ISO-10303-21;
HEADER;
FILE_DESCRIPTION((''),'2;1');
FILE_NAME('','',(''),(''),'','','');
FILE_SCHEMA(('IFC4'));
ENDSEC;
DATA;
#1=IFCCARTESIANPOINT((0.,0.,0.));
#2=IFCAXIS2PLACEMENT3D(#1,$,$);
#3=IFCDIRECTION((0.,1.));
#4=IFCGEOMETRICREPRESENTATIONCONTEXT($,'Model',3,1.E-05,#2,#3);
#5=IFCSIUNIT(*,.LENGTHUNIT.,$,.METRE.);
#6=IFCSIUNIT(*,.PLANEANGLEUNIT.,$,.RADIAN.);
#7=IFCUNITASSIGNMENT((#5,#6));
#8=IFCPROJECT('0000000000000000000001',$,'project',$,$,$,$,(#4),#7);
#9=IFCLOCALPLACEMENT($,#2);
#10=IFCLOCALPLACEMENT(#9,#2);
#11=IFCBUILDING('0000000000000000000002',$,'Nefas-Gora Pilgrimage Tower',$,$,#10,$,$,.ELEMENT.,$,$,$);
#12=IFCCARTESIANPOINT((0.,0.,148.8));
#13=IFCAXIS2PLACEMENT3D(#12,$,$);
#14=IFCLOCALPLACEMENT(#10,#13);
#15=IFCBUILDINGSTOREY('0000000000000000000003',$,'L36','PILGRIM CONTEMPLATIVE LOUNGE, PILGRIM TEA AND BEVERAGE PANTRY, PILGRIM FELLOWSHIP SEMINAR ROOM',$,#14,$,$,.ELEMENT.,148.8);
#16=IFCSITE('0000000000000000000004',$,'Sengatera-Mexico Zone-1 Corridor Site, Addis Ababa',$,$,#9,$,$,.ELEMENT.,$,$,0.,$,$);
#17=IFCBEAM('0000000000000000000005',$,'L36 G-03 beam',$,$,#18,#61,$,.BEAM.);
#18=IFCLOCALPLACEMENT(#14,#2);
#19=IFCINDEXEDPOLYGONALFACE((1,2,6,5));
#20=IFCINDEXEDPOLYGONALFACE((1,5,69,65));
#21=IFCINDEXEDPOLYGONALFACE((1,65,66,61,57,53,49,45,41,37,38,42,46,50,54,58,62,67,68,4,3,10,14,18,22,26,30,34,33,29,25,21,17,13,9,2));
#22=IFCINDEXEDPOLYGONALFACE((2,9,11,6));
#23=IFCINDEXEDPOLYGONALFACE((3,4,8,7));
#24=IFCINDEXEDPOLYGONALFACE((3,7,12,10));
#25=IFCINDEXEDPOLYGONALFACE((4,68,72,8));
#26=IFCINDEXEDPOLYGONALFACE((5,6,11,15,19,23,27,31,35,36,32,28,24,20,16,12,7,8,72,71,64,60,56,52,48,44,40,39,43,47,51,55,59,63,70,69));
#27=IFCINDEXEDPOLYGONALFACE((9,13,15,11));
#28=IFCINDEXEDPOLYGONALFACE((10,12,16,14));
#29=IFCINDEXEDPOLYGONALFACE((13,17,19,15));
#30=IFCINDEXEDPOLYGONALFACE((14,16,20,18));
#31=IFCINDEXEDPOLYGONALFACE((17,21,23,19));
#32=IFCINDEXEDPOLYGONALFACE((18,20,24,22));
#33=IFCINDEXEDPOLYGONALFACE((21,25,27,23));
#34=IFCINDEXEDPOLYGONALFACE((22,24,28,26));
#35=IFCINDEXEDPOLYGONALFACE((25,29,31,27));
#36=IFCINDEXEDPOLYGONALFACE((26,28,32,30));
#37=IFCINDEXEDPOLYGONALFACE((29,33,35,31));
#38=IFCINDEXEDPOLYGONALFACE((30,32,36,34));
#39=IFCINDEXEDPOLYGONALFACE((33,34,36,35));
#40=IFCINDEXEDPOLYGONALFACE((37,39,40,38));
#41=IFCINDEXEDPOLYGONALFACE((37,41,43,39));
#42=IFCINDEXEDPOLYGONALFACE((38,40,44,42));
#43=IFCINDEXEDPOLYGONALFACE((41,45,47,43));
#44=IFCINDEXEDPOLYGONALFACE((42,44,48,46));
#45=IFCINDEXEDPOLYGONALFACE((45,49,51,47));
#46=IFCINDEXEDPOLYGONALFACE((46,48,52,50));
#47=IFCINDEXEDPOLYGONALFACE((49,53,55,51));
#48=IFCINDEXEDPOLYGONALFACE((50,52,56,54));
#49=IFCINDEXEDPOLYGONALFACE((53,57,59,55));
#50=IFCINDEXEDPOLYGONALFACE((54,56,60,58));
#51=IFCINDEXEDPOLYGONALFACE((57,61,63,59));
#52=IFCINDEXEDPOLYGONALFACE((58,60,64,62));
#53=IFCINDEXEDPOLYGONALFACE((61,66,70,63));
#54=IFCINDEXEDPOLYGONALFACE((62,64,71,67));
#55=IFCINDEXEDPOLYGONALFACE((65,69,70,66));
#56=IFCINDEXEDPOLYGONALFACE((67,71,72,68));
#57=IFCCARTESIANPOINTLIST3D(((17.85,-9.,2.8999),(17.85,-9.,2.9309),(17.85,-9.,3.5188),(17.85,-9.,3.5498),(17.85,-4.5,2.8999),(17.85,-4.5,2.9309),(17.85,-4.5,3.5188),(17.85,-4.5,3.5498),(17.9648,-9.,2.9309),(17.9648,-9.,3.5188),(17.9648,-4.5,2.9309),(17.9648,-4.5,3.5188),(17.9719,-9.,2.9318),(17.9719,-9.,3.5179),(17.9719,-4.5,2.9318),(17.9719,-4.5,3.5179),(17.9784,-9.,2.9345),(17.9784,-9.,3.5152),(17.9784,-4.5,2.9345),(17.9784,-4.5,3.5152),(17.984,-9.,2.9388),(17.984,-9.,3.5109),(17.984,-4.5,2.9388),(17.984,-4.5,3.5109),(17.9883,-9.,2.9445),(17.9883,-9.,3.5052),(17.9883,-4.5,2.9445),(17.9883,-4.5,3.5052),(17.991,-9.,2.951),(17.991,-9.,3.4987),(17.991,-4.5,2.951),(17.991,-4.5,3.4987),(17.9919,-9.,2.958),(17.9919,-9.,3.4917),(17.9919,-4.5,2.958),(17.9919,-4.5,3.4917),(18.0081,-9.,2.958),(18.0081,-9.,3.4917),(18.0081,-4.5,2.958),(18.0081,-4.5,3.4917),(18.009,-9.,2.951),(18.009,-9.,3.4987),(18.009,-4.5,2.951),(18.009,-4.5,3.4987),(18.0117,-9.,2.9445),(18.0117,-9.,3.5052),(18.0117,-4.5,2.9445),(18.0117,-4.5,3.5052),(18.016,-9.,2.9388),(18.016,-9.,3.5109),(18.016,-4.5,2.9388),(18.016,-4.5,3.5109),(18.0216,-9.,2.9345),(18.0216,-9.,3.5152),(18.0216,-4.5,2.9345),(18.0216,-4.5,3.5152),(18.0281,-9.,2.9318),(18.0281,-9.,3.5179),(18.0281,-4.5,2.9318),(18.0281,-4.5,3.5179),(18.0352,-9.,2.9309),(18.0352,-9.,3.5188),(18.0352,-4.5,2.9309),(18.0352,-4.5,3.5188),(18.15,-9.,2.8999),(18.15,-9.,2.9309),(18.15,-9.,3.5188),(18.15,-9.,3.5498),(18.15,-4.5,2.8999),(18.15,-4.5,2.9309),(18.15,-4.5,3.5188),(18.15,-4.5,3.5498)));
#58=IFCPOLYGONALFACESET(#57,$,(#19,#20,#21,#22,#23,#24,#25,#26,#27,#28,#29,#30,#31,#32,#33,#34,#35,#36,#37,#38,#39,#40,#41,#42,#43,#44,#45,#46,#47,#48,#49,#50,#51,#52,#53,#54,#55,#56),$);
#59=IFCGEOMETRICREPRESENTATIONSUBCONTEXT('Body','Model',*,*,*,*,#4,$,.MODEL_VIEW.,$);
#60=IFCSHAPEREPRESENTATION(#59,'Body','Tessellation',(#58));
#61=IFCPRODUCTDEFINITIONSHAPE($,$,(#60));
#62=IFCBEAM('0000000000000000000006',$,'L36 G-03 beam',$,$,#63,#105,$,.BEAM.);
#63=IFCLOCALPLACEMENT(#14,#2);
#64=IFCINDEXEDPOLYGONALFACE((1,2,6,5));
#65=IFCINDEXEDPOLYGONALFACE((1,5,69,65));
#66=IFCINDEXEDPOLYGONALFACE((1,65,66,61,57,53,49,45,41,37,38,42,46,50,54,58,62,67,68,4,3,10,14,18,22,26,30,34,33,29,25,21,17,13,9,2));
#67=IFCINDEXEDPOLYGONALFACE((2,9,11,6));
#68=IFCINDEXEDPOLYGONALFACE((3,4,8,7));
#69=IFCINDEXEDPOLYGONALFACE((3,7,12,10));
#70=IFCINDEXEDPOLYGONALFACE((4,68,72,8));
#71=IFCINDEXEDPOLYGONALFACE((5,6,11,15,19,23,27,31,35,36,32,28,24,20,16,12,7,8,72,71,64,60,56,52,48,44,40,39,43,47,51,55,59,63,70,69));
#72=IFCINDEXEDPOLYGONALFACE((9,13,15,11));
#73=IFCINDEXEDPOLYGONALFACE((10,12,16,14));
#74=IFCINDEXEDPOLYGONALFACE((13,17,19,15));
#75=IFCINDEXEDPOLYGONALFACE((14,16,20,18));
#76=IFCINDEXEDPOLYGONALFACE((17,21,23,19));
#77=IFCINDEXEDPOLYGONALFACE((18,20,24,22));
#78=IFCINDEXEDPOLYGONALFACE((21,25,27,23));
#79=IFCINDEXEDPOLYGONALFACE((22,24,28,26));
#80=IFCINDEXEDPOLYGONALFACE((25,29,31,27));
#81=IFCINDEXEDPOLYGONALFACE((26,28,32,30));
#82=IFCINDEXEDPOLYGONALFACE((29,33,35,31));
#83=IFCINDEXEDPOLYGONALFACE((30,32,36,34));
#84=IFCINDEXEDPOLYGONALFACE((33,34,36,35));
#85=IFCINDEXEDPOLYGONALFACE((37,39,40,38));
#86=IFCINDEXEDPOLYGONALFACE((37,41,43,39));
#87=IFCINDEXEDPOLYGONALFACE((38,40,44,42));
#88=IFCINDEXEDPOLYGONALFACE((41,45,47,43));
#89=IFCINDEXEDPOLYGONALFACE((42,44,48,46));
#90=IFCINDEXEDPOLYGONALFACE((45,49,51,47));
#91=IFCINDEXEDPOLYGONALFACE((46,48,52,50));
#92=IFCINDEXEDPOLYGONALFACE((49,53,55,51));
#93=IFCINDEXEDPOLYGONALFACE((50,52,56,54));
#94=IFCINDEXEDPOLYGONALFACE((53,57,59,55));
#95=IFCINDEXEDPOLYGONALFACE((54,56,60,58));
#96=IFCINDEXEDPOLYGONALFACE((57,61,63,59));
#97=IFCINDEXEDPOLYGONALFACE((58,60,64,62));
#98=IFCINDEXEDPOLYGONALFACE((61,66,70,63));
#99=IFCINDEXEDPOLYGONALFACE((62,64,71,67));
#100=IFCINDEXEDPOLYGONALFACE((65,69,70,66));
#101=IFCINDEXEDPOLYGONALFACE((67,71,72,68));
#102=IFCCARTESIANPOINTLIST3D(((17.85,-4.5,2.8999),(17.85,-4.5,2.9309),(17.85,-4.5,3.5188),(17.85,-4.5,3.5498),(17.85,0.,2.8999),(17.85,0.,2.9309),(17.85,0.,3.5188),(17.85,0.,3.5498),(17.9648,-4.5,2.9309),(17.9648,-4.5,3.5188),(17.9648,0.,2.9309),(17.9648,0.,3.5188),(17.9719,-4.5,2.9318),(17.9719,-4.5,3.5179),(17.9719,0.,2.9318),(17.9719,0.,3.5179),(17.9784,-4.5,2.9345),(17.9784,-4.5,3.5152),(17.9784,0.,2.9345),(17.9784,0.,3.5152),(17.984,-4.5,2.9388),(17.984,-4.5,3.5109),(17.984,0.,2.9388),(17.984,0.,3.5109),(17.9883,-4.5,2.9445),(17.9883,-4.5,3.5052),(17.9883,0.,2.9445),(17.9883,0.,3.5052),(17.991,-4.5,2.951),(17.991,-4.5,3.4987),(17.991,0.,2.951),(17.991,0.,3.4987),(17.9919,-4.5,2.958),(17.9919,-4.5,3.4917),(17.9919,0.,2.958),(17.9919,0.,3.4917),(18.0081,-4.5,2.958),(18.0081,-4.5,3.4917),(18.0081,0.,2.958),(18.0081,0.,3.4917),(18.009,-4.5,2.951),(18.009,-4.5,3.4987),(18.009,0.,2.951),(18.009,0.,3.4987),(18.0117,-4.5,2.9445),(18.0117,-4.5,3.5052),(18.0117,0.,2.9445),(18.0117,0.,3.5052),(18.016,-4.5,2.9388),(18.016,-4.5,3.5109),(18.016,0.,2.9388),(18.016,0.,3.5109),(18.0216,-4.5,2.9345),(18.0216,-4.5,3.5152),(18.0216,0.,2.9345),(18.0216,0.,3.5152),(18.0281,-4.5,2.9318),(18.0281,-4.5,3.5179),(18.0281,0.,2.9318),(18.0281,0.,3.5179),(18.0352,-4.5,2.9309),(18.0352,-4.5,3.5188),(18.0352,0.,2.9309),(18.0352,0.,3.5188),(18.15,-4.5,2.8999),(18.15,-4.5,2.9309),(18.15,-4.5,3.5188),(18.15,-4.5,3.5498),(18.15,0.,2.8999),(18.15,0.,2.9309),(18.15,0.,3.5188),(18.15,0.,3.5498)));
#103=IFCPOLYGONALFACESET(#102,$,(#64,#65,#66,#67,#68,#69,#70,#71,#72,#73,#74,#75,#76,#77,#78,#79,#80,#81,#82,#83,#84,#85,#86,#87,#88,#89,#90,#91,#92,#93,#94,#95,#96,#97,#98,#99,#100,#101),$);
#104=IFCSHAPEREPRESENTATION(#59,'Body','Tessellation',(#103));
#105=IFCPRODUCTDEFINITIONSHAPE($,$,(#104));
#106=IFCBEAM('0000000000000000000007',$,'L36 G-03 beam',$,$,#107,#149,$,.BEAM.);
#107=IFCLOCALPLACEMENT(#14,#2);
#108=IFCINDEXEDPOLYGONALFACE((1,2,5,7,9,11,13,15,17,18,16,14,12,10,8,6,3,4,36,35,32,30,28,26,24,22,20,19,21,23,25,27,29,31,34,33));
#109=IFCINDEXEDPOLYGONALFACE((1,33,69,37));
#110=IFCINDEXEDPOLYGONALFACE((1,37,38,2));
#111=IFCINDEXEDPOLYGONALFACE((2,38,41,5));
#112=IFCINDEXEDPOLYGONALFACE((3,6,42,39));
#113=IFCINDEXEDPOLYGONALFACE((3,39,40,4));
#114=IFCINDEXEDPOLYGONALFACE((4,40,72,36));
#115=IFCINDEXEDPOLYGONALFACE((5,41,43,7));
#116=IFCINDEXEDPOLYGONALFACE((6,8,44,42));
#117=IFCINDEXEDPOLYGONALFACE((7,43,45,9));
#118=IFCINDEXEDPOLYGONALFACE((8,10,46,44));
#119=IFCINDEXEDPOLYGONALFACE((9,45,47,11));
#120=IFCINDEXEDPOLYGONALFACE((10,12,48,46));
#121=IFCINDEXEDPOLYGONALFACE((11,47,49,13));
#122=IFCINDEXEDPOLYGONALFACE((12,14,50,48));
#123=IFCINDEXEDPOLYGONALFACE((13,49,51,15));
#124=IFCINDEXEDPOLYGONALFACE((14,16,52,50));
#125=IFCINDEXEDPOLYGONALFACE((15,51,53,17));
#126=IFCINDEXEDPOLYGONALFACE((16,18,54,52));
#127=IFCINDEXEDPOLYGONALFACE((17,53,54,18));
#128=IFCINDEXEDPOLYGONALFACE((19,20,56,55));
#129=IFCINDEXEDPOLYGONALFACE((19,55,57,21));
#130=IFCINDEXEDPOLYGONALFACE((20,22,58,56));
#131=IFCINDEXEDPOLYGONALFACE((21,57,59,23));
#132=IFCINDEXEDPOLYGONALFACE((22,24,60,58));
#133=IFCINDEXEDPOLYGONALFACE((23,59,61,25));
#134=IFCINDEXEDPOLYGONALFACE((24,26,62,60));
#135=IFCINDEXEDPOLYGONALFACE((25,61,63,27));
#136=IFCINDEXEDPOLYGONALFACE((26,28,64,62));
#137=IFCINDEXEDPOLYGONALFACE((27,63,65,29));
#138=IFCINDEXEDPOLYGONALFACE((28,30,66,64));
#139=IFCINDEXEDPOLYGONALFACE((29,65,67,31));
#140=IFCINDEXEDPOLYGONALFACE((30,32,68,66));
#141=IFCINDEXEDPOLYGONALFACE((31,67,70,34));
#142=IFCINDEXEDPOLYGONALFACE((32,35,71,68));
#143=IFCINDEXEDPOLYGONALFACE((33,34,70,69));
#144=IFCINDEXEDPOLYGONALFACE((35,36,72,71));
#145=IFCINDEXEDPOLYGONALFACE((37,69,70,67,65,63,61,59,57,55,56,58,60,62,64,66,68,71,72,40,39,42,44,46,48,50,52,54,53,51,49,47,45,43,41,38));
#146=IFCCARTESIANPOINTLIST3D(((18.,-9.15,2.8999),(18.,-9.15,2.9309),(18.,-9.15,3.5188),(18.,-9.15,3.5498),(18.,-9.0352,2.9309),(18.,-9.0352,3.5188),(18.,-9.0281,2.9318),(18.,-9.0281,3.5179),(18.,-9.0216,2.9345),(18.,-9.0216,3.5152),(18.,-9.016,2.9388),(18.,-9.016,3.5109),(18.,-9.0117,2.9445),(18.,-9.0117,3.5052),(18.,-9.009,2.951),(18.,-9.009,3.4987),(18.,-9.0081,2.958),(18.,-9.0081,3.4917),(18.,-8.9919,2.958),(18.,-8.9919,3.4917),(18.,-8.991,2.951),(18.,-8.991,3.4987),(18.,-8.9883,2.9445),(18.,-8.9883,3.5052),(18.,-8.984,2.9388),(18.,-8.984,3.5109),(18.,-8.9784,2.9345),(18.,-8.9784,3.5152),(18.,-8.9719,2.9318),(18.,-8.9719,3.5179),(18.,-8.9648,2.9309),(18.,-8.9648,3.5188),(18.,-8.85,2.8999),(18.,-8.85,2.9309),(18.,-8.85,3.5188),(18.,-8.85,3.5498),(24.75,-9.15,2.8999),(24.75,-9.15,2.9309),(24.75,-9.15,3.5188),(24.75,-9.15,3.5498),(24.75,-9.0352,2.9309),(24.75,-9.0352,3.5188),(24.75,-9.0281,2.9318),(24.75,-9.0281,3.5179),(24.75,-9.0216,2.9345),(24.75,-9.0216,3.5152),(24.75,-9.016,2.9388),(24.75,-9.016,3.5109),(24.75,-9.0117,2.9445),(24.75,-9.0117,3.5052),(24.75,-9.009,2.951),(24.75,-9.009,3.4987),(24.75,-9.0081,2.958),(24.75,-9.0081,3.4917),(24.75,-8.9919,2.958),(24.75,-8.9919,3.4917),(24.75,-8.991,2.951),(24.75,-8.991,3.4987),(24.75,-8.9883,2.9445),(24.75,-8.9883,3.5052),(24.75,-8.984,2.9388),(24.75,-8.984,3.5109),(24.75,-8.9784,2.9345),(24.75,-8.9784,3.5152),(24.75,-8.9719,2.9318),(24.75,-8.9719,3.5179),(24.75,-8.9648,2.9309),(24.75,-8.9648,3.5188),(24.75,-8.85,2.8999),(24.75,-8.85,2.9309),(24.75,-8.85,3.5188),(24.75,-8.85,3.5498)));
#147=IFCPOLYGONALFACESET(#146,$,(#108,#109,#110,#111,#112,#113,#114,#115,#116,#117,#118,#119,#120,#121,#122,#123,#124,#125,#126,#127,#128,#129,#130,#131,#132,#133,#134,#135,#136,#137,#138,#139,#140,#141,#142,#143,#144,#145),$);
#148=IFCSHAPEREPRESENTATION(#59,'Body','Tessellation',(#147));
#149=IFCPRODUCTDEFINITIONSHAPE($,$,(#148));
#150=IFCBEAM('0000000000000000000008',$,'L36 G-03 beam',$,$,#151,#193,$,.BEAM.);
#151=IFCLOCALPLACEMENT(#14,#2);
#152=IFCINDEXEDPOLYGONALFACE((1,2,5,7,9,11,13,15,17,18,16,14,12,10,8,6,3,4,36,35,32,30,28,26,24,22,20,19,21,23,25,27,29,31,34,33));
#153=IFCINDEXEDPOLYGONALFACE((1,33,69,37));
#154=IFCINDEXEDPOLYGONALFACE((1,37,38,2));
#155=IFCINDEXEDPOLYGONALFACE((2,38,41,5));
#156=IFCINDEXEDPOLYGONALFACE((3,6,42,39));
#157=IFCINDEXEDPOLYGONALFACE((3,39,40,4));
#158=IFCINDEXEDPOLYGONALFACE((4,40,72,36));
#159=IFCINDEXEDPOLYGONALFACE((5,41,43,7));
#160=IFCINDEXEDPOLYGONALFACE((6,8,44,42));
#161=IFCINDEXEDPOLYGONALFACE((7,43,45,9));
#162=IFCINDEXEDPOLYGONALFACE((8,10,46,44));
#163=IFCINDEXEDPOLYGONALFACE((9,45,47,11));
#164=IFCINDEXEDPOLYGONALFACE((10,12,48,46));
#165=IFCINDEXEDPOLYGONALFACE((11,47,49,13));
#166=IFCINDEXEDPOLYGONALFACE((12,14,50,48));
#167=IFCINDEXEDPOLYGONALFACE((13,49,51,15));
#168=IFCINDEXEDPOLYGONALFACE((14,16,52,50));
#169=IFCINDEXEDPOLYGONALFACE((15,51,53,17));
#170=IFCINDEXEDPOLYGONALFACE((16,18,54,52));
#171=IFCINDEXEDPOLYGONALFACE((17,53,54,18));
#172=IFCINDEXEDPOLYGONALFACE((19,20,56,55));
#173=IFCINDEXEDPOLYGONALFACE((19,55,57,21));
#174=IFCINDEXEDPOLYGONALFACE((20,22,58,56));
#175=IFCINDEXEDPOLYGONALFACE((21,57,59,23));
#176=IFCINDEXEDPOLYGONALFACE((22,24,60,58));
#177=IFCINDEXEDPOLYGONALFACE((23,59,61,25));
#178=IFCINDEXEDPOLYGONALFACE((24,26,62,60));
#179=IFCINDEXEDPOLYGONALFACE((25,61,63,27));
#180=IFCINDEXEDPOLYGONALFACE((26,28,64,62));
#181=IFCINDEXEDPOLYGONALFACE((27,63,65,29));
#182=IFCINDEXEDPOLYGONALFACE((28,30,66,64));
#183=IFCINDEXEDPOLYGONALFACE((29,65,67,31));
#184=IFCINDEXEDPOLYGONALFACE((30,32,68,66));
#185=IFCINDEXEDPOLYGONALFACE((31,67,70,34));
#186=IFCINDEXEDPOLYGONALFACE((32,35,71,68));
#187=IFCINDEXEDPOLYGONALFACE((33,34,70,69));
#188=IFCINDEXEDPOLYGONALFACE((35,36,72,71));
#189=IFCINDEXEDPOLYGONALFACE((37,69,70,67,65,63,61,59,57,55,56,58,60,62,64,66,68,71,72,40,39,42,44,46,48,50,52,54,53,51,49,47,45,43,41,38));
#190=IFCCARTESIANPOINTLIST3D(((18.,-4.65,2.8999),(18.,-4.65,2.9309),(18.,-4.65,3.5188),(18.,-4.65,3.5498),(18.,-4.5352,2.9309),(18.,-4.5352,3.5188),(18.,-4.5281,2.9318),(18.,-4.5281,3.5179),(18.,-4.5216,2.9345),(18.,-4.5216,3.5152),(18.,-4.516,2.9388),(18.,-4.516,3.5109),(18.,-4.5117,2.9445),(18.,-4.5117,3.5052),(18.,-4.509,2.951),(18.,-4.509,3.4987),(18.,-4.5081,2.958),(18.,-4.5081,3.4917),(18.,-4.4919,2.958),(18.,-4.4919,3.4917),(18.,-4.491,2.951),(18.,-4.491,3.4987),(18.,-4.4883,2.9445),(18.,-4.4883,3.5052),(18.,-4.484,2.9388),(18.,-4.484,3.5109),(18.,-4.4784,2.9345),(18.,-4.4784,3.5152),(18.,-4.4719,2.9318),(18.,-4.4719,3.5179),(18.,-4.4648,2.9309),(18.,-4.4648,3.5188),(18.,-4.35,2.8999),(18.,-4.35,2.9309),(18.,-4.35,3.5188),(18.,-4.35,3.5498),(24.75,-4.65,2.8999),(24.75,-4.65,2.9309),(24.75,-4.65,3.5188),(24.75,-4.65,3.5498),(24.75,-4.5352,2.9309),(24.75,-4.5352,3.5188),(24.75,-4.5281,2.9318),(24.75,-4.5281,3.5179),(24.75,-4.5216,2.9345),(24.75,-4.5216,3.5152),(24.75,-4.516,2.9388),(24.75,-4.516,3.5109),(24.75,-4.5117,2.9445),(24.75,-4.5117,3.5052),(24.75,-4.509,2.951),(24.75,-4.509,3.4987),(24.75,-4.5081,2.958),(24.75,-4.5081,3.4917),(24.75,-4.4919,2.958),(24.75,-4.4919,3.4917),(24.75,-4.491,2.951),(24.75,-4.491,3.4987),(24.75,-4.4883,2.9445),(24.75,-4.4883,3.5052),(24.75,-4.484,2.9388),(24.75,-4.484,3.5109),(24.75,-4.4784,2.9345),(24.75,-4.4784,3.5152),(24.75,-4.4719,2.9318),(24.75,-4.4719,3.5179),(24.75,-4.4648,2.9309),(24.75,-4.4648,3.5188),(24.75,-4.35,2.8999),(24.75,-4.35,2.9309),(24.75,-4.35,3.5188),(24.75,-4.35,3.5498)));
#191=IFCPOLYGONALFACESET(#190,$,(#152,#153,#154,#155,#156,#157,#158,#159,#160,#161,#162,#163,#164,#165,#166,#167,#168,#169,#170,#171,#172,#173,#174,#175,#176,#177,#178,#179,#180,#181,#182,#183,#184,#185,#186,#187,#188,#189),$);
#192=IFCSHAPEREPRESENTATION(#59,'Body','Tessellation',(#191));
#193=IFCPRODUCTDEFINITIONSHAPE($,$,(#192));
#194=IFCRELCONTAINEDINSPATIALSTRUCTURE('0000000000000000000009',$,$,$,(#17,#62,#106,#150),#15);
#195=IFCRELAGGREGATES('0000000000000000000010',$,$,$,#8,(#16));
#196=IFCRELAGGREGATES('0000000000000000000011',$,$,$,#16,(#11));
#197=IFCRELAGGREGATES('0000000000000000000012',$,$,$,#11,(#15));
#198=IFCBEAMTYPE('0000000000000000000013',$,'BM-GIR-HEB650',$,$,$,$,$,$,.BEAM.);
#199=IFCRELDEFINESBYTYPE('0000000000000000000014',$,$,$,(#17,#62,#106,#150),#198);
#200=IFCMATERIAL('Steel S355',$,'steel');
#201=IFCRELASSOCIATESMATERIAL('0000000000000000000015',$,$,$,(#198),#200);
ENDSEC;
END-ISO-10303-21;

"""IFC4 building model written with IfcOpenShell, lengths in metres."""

from ifc_helpers import new_model, si_unit, direction, frame, origin, origin_2d, place, context, subcontext, project, spatial, i_section, extrude, source, transform, mapped, material, material_profile, profile_set, type_object, element, save


model = new_model("IFC4")

# Units and contexts
model_context = context("Model", 3, precision=1e-05, world=origin(), true_north=direction((0.0, 1.0)))
body_context = subcontext(model_context, "Body", "Model", "MODEL_VIEW")
ifc_project = project(units=[si_unit("LENGTHUNIT", "METRE"), si_unit("PLANEANGLEUNIT", "RADIAN")], contexts=[model_context])

# Site, building, storey
site_placement = place(None, origin())
site = spatial("IfcSite", under=ifc_project, at=site_placement, Name="Sengatera-Mexico Zone-1 Corridor Site, Addis Ababa", CompositionType="ELEMENT", RefElevation=0.0)
building_placement = place(site_placement, origin())
building = spatial("IfcBuilding", under=site, at=building_placement, Name="Nefas-Gora Pilgrimage Tower", CompositionType="ELEMENT")
storey_placement = place(building_placement, frame((0.0, 0.0, 148.8)))
storey = spatial("IfcBuildingStorey", under=building, at=storey_placement, Name="L36", Description="PILGRIM CONTEMPLATIVE LOUNGE, PILGRIM TEA AND BEVERAGE PANTRY, PILGRIM FELLOWSHIP SEMINAR ROOM", CompositionType="ELEMENT", Elevation=148.8)

# Beams
ifc_material_1 = material(Name="Steel S355", Category="steel")
ifc_material_profile_1 = material_profile(ifc_material_1, i_section(OverallWidth=0.3, OverallDepth=0.6499, WebThickness=0.0161, FlangeThickness=0.031, FilletRadius=0.0271, at=origin_2d()), Name="HEB 650")
ifc_profile_set_1 = profile_set([ifc_material_profile_1], Name="Steel S355")
beam_type_1 = type_object("IfcBeamType", Name="BM-GIR-HEB650", PredefinedType="BEAM", material=ifc_profile_set_1)
shared_shape_1 = source(origin(), body_context, "Body", "SweptSolid", [
    extrude(i_section(OverallWidth=0.3, OverallDepth=0.6499, WebThickness=0.0161, FlangeThickness=0.031, FilletRadius=0.0271, at=origin_2d()), origin(), (0.0, 0.0, 1.0), 4.5),
])
for number, where, z_axis, x_axis, name in (
    (1, (18.0, -9.0, 3.2249), (0.0, 1.0, 0.0), (-1.0, 0.0, 0.0), "L36 G-03 beam"),
    (2, (18.0, -4.5, 3.2249), (0.0, 1.0, 0.0), (-1.0, 0.0, 0.0), "L36 G-03 beam"),
):
    element("IfcBeam", number, at=place(storey_placement, frame(where, z_axis=z_axis, x_axis=x_axis)), inside=storey, type_object=beam_type_1, Name=name, PredefinedType="BEAM", context=body_context, shape_type="MappedRepresentation", body=[
        mapped(shared_shape_1, transform((0.0, 0.0, 0.0), x_axis=(1.0, 0.0, 0.0), y_axis=(0.0, 1.0, 0.0), z_axis=(0.0, 0.0, 1.0), scale=1.0)),
    ])
shared_shape_2 = source(origin(), body_context, "Body", "SweptSolid", [
    extrude(i_section(OverallWidth=0.3, OverallDepth=0.6499, WebThickness=0.0161, FlangeThickness=0.031, FilletRadius=0.0271, at=origin_2d()), origin(), (0.0, 0.0, 1.0), 6.75),
])
for number, where, z_axis, x_axis, name in (
    (3, (18.0, -9.0, 3.2249), (1.0, 0.0, 0.0), (0.0, 1.0, 0.0), "L36 G-03 beam"),
    (4, (18.0, -4.5, 3.2249), (1.0, 0.0, 0.0), (0.0, 1.0, 0.0), "L36 G-03 beam"),
):
    element("IfcBeam", number, at=place(storey_placement, frame(where, z_axis=z_axis, x_axis=x_axis)), inside=storey, type_object=beam_type_1, Name=name, PredefinedType="BEAM", context=body_context, shape_type="MappedRepresentation", body=[
        mapped(shared_shape_2, transform((0.0, 0.0, 0.0), x_axis=(1.0, 0.0, 0.0), y_axis=(0.0, 1.0, 0.0), z_axis=(0.0, 0.0, 1.0), scale=1.0)),
    ])

save(model, "model.ifc")
